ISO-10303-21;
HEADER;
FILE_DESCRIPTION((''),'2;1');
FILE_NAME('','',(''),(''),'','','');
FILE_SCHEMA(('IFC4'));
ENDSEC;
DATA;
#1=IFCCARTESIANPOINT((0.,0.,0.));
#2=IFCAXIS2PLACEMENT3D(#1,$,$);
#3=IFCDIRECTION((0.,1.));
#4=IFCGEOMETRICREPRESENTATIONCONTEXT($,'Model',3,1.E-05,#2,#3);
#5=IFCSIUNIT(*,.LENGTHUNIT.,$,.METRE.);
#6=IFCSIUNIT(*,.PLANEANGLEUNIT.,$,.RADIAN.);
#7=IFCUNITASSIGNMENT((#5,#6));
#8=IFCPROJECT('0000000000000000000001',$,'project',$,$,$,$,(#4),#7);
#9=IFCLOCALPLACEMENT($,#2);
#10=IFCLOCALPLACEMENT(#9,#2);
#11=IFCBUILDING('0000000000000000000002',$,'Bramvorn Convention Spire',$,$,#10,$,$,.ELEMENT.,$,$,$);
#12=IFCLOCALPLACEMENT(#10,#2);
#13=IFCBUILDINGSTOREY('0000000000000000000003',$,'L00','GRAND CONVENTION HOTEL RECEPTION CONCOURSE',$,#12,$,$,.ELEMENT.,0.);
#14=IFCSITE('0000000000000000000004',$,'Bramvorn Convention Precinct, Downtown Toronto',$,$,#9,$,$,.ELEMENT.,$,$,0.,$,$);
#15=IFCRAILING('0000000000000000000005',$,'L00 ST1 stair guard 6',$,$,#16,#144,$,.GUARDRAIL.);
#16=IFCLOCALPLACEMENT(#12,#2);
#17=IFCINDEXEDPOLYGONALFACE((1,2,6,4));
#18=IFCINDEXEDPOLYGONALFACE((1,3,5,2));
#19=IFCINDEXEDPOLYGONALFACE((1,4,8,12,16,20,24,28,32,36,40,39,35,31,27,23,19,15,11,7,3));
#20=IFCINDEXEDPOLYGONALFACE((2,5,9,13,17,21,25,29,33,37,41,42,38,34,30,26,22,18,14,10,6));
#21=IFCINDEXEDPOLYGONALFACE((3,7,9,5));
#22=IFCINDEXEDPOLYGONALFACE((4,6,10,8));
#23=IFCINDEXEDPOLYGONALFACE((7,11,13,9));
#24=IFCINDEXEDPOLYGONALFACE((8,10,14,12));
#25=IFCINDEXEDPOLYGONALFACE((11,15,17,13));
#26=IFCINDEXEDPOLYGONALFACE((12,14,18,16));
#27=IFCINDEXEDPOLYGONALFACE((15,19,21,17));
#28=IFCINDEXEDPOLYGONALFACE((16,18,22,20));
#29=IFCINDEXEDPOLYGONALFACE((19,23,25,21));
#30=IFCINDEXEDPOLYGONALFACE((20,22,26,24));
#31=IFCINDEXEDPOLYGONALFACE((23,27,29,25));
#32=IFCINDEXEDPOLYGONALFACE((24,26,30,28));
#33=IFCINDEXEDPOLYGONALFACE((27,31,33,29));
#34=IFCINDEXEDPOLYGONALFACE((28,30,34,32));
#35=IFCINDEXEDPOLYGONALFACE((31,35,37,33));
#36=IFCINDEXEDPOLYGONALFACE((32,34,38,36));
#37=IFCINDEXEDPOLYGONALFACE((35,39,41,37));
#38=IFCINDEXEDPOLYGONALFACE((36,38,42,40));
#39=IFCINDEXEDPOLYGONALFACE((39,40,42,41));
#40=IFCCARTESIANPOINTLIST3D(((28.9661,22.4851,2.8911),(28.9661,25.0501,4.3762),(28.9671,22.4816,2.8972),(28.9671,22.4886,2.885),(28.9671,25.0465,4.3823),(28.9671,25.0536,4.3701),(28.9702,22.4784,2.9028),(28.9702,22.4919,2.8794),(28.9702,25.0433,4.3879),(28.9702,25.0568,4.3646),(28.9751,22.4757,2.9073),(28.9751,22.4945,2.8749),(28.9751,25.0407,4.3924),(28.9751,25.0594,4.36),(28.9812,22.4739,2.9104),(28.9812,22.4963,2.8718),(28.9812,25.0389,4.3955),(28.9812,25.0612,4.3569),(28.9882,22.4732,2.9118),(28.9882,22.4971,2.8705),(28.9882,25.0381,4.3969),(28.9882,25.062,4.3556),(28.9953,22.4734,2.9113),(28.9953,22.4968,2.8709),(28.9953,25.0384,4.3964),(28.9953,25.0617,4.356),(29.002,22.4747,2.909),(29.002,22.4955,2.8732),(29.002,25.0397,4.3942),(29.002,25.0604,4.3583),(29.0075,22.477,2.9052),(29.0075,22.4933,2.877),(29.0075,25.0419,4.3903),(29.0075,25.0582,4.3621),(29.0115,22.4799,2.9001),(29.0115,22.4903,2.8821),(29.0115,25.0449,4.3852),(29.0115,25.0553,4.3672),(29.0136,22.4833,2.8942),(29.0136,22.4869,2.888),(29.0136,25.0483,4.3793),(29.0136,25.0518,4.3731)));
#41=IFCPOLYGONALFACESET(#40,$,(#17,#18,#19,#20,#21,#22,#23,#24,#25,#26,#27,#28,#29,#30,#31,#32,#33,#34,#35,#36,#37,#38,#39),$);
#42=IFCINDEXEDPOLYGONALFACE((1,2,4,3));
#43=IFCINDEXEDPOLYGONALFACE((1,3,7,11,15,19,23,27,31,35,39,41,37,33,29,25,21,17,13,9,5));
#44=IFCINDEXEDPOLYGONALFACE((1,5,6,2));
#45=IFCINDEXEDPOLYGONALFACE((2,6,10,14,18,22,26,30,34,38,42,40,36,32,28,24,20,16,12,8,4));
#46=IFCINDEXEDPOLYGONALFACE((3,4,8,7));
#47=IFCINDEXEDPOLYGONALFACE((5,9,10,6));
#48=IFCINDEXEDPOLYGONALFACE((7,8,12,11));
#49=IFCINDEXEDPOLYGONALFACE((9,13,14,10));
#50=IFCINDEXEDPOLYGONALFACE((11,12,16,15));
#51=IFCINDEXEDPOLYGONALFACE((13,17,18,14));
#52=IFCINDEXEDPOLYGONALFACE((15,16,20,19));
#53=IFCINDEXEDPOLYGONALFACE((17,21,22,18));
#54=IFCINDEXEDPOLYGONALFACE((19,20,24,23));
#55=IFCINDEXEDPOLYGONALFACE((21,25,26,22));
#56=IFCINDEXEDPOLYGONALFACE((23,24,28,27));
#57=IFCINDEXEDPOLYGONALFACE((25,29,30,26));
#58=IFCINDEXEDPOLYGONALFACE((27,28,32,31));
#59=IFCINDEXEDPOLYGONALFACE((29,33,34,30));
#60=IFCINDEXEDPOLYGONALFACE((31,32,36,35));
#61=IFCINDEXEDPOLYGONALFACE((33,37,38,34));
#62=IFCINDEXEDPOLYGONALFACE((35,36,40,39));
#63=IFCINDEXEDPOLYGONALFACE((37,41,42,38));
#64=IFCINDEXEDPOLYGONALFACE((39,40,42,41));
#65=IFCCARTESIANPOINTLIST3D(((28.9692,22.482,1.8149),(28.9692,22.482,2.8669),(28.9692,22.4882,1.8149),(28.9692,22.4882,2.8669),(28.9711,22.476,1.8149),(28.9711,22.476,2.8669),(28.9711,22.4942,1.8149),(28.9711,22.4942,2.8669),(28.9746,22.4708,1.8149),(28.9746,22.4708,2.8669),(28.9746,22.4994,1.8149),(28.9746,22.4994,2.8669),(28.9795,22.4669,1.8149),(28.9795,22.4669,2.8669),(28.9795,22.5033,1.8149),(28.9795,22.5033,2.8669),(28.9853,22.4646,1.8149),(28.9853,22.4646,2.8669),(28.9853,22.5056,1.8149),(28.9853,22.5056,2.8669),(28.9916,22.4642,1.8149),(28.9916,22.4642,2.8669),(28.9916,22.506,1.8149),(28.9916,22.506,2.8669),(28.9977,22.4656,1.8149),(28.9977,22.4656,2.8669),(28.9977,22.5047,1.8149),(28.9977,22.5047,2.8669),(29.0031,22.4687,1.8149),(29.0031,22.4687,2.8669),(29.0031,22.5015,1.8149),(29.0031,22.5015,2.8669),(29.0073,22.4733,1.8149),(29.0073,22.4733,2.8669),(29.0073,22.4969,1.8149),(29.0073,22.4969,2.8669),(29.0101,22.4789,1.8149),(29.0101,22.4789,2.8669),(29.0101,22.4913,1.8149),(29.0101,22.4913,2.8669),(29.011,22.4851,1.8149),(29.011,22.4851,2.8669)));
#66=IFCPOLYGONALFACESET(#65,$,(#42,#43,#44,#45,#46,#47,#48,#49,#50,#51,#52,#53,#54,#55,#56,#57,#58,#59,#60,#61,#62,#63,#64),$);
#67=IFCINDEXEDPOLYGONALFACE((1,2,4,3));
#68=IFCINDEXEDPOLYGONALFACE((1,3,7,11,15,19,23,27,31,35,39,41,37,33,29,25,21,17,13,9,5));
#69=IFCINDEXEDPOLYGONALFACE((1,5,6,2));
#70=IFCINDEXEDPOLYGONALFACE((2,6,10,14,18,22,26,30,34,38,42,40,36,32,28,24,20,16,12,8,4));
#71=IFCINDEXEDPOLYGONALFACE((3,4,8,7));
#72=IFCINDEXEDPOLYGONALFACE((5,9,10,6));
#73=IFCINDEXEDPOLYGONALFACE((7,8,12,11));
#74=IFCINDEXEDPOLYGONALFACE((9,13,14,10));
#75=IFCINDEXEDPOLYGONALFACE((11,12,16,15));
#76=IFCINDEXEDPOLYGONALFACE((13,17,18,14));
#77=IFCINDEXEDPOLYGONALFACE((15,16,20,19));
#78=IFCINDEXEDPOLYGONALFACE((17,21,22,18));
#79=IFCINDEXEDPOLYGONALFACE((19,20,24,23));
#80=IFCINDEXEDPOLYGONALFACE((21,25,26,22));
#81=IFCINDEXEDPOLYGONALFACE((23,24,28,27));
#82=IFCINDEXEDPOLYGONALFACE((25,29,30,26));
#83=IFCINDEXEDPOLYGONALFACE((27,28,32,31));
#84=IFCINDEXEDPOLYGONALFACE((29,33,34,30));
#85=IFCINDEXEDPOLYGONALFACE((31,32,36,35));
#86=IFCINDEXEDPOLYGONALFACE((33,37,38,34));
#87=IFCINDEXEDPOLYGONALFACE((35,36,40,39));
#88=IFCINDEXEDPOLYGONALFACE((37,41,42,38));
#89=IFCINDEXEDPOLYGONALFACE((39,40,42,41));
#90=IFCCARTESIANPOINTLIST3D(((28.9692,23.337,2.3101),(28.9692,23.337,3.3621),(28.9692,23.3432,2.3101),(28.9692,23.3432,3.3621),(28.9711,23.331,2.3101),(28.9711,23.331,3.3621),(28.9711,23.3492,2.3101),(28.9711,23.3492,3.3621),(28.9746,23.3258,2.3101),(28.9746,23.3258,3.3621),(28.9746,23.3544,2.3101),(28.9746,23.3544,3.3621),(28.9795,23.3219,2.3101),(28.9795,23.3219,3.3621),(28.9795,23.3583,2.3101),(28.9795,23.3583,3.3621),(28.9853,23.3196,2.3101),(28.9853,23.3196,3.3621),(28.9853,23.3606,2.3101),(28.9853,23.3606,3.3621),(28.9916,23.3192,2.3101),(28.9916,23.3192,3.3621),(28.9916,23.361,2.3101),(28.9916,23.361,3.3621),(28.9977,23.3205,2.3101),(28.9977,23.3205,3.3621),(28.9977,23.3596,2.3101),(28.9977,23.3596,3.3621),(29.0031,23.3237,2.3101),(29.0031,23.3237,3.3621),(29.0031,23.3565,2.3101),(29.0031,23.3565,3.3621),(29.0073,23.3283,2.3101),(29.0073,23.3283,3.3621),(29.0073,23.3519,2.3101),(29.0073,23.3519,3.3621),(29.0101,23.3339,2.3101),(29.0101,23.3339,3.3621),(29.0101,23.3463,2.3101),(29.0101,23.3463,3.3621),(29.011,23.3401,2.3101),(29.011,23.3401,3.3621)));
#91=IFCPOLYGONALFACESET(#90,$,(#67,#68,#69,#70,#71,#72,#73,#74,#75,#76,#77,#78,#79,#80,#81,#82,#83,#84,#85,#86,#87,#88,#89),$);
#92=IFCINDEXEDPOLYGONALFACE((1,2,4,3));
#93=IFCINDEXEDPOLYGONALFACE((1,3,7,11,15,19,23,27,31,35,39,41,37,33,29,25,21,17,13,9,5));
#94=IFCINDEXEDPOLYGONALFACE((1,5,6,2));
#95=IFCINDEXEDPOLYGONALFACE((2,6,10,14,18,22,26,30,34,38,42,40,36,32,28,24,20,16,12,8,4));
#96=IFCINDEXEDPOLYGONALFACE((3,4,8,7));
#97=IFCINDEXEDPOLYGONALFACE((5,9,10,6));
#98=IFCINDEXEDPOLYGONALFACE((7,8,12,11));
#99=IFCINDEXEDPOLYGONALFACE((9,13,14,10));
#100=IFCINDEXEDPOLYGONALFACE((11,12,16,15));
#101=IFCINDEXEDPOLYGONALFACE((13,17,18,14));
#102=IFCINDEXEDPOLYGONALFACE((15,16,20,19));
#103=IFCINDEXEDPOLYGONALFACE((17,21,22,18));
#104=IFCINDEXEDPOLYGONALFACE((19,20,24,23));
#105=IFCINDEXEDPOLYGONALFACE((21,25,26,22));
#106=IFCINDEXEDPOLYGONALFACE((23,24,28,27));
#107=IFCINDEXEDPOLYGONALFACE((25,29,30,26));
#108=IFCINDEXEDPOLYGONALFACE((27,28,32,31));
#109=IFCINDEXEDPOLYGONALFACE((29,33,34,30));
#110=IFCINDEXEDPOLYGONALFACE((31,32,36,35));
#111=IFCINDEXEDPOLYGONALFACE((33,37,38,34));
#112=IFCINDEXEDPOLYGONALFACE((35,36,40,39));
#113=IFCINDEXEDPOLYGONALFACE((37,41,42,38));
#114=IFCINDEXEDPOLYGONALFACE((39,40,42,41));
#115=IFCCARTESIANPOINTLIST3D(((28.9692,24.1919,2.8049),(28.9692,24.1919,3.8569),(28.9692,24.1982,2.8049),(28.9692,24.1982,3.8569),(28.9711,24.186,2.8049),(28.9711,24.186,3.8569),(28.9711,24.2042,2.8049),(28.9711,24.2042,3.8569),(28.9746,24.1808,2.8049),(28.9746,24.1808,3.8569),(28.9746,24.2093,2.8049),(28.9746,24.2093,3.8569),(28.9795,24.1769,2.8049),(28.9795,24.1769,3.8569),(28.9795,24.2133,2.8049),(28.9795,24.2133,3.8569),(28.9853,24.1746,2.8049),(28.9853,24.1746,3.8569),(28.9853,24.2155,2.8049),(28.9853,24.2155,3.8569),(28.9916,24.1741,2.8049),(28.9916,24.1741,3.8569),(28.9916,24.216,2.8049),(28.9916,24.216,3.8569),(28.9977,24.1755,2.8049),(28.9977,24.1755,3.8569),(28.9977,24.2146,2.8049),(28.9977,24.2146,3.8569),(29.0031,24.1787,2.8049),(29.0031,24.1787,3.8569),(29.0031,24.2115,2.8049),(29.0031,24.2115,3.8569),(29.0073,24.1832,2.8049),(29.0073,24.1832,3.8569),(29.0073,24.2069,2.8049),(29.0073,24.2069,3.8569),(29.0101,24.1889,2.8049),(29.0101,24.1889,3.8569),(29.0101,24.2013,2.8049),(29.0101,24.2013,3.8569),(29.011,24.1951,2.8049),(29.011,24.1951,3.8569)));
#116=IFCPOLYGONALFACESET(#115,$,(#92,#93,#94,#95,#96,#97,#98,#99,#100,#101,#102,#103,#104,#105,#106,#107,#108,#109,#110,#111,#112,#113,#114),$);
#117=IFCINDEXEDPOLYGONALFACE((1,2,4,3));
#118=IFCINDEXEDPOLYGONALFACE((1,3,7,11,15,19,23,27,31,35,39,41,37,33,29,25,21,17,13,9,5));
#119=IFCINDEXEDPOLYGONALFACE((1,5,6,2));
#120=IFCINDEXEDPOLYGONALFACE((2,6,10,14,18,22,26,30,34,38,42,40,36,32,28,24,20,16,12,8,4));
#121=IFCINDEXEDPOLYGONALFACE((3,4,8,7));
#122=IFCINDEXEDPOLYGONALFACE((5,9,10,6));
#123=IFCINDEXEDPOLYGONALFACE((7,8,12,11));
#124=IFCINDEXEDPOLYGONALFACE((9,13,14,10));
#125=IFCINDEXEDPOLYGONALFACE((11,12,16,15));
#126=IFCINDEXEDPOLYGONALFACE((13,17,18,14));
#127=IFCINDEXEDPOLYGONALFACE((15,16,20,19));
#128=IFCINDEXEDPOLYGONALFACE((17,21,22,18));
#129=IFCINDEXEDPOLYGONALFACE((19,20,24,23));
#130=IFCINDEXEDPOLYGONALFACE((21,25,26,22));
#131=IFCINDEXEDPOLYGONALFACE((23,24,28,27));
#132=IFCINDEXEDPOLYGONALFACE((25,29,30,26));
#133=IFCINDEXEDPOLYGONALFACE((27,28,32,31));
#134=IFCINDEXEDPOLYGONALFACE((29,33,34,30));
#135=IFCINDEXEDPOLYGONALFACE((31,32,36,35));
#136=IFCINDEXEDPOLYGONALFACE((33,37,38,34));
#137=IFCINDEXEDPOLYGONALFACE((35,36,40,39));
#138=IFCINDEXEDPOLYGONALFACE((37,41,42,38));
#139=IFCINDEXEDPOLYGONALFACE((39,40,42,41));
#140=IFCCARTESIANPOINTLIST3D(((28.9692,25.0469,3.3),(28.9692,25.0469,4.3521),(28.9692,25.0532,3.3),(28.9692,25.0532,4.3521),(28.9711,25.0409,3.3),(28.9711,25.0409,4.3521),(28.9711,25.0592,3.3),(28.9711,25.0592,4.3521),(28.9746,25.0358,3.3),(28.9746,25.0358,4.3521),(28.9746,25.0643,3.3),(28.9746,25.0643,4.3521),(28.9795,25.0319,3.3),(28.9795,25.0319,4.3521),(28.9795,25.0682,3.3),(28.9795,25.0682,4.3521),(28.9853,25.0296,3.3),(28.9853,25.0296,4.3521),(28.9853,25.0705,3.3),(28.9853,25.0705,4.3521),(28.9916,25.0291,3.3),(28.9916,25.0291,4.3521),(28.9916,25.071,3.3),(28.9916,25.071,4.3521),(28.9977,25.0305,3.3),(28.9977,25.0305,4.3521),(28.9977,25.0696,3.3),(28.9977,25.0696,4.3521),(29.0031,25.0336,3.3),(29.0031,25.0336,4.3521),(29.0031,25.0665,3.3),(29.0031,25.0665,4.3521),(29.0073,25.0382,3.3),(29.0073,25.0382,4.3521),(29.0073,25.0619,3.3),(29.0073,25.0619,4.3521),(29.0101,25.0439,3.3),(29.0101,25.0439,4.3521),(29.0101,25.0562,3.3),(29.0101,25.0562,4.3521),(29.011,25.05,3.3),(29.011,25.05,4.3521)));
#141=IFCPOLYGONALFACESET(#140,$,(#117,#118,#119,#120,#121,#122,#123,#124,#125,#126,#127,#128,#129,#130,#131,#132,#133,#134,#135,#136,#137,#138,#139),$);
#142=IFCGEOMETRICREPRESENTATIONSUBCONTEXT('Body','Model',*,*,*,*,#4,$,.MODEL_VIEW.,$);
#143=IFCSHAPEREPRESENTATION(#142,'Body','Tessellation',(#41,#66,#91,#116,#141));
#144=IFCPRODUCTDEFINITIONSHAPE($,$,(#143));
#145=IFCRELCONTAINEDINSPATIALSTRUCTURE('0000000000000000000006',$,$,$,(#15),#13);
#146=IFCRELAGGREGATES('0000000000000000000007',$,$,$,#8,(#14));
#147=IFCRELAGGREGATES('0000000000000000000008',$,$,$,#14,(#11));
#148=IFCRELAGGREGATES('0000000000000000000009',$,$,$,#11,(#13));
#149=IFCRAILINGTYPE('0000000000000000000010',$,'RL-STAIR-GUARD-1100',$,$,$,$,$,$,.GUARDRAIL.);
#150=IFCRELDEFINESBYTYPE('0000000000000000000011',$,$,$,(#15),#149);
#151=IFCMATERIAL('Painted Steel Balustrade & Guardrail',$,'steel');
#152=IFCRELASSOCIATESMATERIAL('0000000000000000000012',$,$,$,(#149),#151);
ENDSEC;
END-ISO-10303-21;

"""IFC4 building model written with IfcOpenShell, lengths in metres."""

from ifc_helpers import new_model, si_unit, direction, frame, origin, origin_2d, place, context, subcontext, project, spatial, circle, extrude, material, type_object, element, save


model = new_model("IFC4")

# Units and contexts
model_context = context("Model", 3, precision=1e-05, world=origin(), true_north=direction((0.0, 1.0)))
body_context = subcontext(model_context, "Body", "Model", "MODEL_VIEW")
ifc_project = project(units=[si_unit("LENGTHUNIT", "METRE"), si_unit("PLANEANGLEUNIT", "RADIAN")], contexts=[model_context])

# Site, building, storey
site_placement = place(None, origin())
site = spatial("IfcSite", under=ifc_project, at=site_placement, Name="Bramvorn Convention Precinct, Downtown Toronto", CompositionType="ELEMENT", RefElevation=0.0)
building_placement = place(site_placement, origin())
building = spatial("IfcBuilding", under=site, at=building_placement, Name="Bramvorn Convention Spire", CompositionType="ELEMENT")
storey_placement = place(building_placement, origin())
storey = spatial("IfcBuildingStorey", under=building, at=storey_placement, Name="L00", Description="GRAND CONVENTION HOTEL RECEPTION CONCOURSE", CompositionType="ELEMENT", Elevation=0.0)

# Railing
ifc_material_1 = material(Name="Painted Steel Balustrade & Guardrail", Category="steel")
railing_type_1 = type_object("IfcRailingType", Name="RL-STAIR-GUARD-1100", PredefinedType="GUARDRAIL", material=ifc_material_1)
railing_1_placement = place(storey_placement, frame((28.99, 22.4851, 1.8149)))
element("IfcRailing", 1, at=railing_1_placement, inside=storey, type_object=railing_type_1, Name="L00 ST1 stair guard 6", PredefinedType="GUARDRAIL", context=body_context, shape_type="SweptSolid", body=[
    extrude(circle(Radius=0.0239, at=origin_2d()), frame((0.0, 0.0, 1.0762), z_axis=(0.0, 0.865406, 0.501072), x_axis=(-1.0, 0.0, 0.0)), (0.0, 0.0, 1.0), 2.9639),
    extrude(circle(Radius=0.021, at=origin_2d()), origin(), (0.0, 0.0, 1.0), 1.052),
    extrude(circle(Radius=0.021, at=origin_2d()), frame((0.0, 0.855, 0.4951)), (0.0, 0.0, 1.0), 1.052),
    extrude(circle(Radius=0.021, at=origin_2d()), frame((0.0, 1.71, 0.99)), (0.0, 0.0, 1.0), 1.052),
    extrude(circle(Radius=0.021, at=origin_2d()), frame((0.0, 2.5649, 1.4851)), (0.0, 0.0, 1.0), 1.052),
])

save(model, "model.ifc")
